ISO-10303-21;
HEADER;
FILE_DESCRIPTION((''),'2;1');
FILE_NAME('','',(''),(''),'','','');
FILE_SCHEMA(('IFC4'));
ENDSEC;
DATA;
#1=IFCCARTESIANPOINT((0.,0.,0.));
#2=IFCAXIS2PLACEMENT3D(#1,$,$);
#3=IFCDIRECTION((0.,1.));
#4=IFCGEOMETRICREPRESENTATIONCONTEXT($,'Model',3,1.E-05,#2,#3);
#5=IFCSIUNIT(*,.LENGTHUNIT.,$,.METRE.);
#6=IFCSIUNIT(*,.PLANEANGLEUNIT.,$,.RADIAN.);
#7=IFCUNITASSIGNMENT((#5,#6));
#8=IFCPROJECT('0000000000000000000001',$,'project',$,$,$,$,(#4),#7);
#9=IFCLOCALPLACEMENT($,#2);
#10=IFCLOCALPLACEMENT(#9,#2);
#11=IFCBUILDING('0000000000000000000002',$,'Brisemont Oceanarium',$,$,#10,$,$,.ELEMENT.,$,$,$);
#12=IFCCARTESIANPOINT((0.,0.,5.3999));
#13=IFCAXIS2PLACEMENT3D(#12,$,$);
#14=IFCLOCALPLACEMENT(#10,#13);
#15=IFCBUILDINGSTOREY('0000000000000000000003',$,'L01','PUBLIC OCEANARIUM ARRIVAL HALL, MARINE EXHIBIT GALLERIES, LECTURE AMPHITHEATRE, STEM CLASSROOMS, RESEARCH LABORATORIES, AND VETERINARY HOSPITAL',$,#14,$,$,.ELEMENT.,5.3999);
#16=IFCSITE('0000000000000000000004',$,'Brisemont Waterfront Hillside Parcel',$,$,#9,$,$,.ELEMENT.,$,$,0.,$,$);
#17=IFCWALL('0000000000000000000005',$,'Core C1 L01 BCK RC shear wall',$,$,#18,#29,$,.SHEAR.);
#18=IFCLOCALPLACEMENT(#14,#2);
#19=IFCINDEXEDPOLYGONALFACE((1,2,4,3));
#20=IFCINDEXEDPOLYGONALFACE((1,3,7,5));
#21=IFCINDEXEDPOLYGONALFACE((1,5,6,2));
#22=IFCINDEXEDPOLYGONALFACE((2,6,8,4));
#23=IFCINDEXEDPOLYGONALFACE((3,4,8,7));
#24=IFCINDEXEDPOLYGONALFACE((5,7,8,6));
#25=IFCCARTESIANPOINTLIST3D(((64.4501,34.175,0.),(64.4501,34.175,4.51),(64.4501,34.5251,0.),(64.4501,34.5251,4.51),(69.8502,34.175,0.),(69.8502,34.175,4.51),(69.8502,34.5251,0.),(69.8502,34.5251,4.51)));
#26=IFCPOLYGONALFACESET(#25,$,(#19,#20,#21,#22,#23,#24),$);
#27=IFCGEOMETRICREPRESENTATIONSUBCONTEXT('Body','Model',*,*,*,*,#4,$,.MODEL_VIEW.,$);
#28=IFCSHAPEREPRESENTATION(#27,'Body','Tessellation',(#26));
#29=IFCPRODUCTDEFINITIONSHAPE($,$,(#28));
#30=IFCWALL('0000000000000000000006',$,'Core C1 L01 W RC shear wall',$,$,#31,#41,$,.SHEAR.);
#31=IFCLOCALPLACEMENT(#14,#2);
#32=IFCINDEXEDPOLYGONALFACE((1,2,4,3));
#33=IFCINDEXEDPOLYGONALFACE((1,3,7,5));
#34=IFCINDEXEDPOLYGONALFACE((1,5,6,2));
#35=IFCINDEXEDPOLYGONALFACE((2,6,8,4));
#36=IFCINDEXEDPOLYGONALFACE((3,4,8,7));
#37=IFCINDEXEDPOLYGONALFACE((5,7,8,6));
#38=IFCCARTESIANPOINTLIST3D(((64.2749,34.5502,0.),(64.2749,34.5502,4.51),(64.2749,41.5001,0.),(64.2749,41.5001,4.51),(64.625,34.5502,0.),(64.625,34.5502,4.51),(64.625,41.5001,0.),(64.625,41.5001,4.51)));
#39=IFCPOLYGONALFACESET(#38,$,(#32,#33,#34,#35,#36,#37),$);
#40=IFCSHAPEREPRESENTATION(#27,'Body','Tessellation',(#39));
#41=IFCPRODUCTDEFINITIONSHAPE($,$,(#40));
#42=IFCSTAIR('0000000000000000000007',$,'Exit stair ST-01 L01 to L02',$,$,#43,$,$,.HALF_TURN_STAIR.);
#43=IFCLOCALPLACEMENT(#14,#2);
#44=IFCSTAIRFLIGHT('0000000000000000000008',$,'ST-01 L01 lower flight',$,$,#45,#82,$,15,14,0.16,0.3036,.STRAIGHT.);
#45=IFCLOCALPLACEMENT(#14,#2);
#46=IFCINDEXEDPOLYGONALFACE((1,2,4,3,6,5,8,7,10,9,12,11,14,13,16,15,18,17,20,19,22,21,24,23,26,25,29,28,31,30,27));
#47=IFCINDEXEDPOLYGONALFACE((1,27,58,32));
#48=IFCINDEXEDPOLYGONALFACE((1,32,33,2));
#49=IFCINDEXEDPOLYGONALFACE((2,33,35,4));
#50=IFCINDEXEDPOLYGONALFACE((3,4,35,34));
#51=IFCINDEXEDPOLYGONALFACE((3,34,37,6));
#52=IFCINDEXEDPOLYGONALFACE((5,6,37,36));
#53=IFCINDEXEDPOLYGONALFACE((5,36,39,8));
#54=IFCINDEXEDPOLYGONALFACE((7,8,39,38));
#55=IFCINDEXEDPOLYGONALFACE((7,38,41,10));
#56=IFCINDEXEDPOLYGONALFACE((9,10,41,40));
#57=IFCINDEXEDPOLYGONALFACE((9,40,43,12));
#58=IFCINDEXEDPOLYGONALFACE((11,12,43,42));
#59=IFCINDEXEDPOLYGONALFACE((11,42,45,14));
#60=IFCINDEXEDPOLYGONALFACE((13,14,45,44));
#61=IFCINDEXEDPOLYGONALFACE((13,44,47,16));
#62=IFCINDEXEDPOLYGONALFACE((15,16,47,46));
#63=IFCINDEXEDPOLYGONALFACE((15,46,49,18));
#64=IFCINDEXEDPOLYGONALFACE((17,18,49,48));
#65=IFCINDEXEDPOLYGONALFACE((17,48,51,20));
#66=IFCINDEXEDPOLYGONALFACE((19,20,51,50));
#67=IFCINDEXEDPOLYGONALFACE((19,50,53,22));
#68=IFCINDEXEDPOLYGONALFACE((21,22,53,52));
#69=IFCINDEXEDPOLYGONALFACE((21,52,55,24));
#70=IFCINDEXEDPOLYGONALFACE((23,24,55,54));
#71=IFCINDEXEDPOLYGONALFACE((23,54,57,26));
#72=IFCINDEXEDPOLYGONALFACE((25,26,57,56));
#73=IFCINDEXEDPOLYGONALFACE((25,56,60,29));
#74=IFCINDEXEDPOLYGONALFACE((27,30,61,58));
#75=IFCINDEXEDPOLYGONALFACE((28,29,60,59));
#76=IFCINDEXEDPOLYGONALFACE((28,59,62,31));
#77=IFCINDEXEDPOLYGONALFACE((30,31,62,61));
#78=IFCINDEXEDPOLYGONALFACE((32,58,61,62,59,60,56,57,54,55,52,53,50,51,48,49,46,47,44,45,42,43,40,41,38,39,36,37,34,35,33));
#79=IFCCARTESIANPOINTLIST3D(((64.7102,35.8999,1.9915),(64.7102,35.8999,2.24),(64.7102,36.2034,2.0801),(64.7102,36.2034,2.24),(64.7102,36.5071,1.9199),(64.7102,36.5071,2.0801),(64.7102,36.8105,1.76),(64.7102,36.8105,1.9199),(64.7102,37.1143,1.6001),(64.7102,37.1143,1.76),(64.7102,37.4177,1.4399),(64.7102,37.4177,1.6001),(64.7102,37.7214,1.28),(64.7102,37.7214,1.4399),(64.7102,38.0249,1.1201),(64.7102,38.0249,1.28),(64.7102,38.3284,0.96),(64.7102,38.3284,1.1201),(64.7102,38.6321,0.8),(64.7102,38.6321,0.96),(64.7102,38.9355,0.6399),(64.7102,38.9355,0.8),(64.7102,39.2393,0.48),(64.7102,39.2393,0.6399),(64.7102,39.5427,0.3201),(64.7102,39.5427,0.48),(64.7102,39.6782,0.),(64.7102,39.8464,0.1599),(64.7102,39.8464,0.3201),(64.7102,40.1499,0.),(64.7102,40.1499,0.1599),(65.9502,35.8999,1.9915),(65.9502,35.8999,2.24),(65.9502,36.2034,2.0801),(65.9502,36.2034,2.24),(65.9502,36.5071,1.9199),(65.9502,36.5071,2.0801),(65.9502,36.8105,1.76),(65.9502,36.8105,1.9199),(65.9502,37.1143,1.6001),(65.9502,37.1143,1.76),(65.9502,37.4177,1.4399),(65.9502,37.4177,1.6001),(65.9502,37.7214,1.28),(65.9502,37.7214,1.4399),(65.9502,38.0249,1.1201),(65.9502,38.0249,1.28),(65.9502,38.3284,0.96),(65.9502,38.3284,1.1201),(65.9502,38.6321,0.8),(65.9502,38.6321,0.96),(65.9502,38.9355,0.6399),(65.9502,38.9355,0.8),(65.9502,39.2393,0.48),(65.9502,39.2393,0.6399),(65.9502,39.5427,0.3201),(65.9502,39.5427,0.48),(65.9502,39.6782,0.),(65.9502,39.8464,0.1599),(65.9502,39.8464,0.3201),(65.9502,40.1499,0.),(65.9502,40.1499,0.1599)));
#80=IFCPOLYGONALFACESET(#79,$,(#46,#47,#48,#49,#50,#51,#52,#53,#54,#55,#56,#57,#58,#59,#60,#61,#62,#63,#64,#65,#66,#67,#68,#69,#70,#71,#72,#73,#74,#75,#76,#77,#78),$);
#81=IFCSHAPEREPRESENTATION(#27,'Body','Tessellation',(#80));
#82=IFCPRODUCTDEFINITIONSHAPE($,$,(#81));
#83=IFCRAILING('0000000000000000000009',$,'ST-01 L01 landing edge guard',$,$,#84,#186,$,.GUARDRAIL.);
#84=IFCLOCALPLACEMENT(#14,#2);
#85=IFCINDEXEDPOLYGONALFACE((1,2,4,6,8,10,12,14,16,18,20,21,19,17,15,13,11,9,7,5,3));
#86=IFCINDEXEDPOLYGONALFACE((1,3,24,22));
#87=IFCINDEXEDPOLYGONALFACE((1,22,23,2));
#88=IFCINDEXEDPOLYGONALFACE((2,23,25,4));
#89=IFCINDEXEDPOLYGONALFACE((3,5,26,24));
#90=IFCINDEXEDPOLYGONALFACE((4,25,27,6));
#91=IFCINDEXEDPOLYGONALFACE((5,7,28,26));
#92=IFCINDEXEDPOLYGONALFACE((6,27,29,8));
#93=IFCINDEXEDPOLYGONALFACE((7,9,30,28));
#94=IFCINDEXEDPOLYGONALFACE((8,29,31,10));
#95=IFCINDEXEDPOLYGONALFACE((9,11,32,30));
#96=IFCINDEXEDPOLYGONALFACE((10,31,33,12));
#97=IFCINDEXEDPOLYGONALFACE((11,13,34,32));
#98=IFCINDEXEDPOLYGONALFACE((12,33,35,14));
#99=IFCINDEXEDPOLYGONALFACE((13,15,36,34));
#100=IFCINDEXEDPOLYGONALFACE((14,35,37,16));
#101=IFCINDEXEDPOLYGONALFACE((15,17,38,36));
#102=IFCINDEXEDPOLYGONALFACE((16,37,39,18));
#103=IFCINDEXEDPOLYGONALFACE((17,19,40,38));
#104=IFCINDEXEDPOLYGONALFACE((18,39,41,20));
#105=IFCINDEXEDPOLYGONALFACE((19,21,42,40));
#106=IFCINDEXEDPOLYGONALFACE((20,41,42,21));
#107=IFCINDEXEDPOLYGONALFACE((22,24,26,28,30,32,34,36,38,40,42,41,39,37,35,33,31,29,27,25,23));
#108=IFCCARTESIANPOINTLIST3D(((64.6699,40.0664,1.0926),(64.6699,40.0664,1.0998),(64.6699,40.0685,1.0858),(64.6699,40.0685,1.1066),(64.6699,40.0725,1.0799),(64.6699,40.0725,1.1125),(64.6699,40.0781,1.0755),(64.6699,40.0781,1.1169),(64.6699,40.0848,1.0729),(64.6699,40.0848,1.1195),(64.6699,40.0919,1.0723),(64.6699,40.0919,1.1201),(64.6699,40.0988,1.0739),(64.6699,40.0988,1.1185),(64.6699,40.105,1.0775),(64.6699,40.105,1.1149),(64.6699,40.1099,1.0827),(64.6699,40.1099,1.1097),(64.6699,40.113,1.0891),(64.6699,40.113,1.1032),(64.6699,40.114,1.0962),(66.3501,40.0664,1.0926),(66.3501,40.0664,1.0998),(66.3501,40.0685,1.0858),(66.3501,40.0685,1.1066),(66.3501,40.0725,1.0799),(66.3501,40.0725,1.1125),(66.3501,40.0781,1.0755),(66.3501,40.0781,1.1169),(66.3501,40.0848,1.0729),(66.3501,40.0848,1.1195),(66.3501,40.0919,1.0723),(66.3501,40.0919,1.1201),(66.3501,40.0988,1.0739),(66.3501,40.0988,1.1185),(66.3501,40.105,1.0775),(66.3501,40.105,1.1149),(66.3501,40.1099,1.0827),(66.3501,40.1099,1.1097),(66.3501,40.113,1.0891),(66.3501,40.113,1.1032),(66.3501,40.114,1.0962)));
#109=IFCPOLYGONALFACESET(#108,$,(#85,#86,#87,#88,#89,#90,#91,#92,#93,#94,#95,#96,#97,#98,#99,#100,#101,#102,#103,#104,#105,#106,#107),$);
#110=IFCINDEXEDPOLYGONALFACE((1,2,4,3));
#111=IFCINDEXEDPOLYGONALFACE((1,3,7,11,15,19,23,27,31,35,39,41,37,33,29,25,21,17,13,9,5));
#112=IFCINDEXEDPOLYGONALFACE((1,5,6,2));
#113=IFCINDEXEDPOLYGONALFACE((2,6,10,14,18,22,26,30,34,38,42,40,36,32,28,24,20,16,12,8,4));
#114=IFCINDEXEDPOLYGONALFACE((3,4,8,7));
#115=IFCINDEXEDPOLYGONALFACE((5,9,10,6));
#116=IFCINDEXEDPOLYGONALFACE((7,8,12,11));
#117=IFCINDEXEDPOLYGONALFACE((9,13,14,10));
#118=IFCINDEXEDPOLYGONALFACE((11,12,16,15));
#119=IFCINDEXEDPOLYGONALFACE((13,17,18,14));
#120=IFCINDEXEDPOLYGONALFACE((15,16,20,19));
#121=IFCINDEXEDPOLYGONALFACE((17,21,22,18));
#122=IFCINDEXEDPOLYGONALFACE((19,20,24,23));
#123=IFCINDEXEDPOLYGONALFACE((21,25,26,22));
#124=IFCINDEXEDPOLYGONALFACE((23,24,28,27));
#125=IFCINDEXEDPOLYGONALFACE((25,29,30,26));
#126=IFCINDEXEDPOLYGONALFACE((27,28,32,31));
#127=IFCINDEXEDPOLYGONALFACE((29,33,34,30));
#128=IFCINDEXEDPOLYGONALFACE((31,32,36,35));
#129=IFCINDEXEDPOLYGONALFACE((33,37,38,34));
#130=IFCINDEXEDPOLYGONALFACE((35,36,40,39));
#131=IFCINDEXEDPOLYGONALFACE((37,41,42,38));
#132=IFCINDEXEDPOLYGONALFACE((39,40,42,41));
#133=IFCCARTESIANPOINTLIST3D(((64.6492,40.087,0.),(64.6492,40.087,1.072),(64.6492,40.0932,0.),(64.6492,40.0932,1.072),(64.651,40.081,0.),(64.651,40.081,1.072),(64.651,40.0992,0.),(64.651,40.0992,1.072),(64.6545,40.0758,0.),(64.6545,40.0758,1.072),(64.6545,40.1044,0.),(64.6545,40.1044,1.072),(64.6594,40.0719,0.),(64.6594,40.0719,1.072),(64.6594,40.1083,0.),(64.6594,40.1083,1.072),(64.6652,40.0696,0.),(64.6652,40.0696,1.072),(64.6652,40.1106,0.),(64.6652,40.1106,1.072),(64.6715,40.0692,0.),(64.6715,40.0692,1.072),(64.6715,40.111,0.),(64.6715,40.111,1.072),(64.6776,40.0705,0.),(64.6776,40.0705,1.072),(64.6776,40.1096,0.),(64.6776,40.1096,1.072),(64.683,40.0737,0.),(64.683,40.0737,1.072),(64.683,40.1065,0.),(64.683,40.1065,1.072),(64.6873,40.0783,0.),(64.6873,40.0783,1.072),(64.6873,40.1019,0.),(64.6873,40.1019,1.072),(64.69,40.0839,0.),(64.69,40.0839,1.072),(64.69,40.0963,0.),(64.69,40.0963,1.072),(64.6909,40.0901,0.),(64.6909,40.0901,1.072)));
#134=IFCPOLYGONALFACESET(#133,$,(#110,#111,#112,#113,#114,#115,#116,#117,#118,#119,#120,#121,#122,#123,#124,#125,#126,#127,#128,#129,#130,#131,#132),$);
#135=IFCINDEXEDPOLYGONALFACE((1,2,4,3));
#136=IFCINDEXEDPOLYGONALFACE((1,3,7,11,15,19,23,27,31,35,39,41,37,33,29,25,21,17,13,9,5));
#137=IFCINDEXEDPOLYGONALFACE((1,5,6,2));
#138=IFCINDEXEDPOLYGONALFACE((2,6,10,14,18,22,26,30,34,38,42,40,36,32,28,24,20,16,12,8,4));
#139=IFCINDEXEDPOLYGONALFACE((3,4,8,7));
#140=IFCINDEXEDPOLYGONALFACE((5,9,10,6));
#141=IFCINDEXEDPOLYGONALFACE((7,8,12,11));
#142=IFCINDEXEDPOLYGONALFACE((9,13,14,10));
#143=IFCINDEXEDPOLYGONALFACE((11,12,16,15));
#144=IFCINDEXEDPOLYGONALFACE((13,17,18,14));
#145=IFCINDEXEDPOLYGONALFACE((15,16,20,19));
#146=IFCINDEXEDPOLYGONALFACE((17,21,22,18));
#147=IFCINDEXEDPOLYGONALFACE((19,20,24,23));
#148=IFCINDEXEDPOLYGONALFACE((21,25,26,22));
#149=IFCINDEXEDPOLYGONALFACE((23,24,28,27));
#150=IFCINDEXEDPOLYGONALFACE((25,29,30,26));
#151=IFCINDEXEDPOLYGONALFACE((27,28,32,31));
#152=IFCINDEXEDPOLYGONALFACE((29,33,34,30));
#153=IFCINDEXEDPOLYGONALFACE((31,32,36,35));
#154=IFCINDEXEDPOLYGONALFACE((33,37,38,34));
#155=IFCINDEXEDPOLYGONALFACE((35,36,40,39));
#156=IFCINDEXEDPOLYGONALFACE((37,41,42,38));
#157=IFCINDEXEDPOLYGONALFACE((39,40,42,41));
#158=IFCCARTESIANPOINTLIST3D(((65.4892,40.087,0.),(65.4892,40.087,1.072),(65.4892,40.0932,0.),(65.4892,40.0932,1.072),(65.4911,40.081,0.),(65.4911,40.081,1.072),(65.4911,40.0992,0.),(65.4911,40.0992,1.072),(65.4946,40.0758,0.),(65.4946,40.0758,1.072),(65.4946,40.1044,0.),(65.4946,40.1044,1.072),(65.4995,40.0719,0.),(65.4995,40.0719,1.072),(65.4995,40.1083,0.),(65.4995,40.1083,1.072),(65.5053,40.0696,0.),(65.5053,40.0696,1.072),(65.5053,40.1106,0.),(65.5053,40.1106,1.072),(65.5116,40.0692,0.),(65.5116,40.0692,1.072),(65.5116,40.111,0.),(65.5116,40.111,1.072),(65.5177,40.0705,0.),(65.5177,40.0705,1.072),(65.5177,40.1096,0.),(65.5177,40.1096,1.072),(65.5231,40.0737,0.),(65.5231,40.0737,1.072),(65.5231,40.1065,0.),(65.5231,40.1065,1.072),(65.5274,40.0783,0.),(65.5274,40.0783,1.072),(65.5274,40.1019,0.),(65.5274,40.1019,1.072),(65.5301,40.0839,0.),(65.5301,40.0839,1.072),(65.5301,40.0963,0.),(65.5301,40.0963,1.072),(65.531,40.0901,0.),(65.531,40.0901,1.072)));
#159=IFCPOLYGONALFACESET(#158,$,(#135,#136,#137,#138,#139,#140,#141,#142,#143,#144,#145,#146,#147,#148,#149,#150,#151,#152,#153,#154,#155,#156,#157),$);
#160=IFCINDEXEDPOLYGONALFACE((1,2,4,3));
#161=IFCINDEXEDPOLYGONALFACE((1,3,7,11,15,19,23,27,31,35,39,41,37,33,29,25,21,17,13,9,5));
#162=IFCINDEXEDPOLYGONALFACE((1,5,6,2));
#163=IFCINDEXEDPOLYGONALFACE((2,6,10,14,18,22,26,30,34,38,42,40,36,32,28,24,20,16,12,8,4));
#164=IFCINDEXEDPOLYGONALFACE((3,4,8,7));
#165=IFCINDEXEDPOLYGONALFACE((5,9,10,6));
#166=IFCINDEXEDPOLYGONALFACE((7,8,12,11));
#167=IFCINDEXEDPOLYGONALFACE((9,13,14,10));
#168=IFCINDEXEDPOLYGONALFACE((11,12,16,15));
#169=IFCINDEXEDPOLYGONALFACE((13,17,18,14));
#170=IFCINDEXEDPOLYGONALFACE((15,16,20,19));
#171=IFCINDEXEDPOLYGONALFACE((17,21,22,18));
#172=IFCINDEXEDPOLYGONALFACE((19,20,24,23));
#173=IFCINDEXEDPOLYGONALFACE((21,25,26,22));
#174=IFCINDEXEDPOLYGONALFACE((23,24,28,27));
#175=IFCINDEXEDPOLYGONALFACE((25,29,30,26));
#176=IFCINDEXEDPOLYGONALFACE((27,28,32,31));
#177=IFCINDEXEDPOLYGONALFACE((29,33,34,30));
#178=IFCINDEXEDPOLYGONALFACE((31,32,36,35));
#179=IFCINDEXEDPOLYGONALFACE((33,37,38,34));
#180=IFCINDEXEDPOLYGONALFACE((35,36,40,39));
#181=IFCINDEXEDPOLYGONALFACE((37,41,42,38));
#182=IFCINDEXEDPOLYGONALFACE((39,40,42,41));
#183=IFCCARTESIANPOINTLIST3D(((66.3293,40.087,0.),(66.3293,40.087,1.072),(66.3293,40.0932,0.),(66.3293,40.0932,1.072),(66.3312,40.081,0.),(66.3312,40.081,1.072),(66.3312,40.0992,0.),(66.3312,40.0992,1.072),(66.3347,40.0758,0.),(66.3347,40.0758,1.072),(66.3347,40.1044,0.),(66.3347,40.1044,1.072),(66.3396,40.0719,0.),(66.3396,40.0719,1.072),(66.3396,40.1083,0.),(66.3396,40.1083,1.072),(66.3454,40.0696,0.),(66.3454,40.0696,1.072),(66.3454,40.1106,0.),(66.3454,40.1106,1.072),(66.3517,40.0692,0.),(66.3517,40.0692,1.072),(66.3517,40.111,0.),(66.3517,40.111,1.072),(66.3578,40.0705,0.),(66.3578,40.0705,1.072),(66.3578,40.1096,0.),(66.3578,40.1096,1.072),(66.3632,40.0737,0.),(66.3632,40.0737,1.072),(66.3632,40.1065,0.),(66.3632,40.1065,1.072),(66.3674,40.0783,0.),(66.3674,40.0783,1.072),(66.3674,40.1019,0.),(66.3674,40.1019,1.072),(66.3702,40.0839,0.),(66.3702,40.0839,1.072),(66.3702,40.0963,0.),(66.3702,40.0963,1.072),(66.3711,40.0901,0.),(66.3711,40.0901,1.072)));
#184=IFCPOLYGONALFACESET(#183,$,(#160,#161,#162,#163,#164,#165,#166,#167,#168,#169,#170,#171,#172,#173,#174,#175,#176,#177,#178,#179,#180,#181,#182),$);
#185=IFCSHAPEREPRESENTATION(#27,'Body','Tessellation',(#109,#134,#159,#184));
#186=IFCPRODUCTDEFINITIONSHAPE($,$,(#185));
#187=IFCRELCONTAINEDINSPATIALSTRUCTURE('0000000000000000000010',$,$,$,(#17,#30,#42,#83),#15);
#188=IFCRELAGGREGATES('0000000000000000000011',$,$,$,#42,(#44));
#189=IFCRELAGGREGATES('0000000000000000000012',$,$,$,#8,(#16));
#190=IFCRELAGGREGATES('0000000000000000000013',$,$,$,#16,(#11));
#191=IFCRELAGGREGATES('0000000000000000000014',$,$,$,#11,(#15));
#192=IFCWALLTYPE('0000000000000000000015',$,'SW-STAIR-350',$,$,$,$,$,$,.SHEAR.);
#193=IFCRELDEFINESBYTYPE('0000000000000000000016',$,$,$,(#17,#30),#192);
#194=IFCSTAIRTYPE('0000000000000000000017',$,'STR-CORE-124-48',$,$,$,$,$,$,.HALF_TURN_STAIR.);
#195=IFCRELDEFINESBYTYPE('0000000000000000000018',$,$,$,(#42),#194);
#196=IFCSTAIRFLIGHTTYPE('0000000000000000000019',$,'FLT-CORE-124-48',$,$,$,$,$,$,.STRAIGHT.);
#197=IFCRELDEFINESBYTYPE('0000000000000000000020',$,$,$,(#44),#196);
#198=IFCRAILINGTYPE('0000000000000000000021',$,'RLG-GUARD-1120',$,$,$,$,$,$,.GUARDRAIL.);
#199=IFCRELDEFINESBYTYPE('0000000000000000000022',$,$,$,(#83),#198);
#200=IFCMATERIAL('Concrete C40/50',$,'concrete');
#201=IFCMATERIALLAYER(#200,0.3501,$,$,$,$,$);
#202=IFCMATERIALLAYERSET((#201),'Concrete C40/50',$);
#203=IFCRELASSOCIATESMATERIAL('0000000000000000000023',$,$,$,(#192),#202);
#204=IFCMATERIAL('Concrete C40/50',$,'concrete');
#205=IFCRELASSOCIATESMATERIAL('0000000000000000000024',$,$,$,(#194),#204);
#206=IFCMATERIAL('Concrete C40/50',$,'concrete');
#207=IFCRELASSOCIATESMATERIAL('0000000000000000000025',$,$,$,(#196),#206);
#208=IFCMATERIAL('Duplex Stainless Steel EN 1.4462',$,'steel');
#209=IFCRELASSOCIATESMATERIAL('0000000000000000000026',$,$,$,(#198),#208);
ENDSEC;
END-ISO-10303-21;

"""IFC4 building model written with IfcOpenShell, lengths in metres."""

from ifc_helpers import new_model, si_unit, direction, frame, frame_2d, origin, origin_2d, place, context, subcontext, project, spatial, polyline, rectangle, circle, outline, extrude, material, layer, layer_set, type_object, element, aggregate, save


model = new_model("IFC4")

# Units and contexts
model_context = context("Model", 3, precision=1e-05, world=origin(), true_north=direction((0.0, 1.0)))
body_context = subcontext(model_context, "Body", "Model", "MODEL_VIEW")
ifc_project = project(units=[si_unit("LENGTHUNIT", "METRE"), si_unit("PLANEANGLEUNIT", "RADIAN")], contexts=[model_context])

# Site, building, storey
site_placement = place(None, origin())
site = spatial("IfcSite", under=ifc_project, at=site_placement, Name="Brisemont Waterfront Hillside Parcel", CompositionType="ELEMENT", RefElevation=0.0)
building_placement = place(site_placement, origin())
building = spatial("IfcBuilding", under=site, at=building_placement, Name="Brisemont Oceanarium", CompositionType="ELEMENT")
storey_placement = place(building_placement, frame((0.0, 0.0, 5.3999)))
storey = spatial("IfcBuildingStorey", under=building, at=storey_placement, Name="L01", Description="PUBLIC OCEANARIUM ARRIVAL HALL, MARINE EXHIBIT GALLERIES, LECTURE AMPHITHEATRE, STEM CLASSROOMS, RESEARCH LABORATORIES, AND VETERINARY HOSPITAL", CompositionType="ELEMENT", Elevation=5.3999)

# Shared definitions
ifc_material_1 = material(Name="Concrete C40/50", Category="concrete")
ifc_layer_1 = layer(ifc_material_1, 0.3501)
ifc_layer_set_1 = layer_set([ifc_layer_1], Name="Concrete C40/50")
wall_type_1 = type_object("IfcWallType", Name="SW-STAIR-350", PredefinedType="SHEAR", material=ifc_layer_set_1)

# Walls
wall_1_placement = place(storey_placement, frame((64.45, 34.3501, 0.0), z_axis=(0.0, 0.0, 1.0), x_axis=(1.0, 0.0, 0.0)))
element("IfcWall", 1, at=wall_1_placement, inside=storey, type_object=wall_type_1, Name="Core C1 L01 BCK RC shear wall", PredefinedType="SHEAR", context=body_context, shape_type="SweptSolid", body=[
    extrude(rectangle(XDim=5.4001, YDim=0.3501, at=frame_2d((2.7002, 0.0))), origin(), (0.0, 0.0, 1.0), 4.51),
])
wall_2_placement = place(storey_placement, frame((64.45, 34.55, 0.0), z_axis=(0.0, 0.0, 1.0), x_axis=(0.0, 1.0, 0.0)))
element("IfcWall", 2, at=wall_2_placement, inside=storey, type_object=wall_type_1, Name="Core C1 L01 W RC shear wall", PredefinedType="SHEAR", context=body_context, shape_type="SweptSolid", body=[
    extrude(rectangle(XDim=6.95, YDim=0.3501, at=frame_2d((3.4751, 0.0))), origin(), (0.0, 0.0, 1.0), 4.51),
])

# Stair, stair flight
ifc_material_2 = material(Name="Concrete C40/50", Category="concrete")
stair_type = type_object("IfcStairType", Name="STR-CORE-124-48", PredefinedType="HALF_TURN_STAIR", material=ifc_material_2)
stair_placement = place(storey_placement, origin())
stair = element("IfcStair", 3, at=stair_placement, inside=storey, type_object=stair_type, Name="Exit stair ST-01 L01 to L02", PredefinedType="HALF_TURN_STAIR")
ifc_material_3 = material(Name="Concrete C40/50", Category="concrete")
stair_flight_type = type_object("IfcStairFlightType", Name="FLT-CORE-124-48", PredefinedType="STRAIGHT", material=ifc_material_3)
stair_flight_placement = place(storey_placement, frame((65.3301, 40.1499, 0.0), z_axis=(0.0, 0.0, 1.0), x_axis=(0.0, -1.0, 0.0)))
stair_flight = element("IfcStairFlight", 4, at=stair_flight_placement, type_object=stair_flight_type, Name="ST-01 L01 lower flight", NumberOfRisers=15, NumberOfTreads=14, PredefinedType="STRAIGHT", RiserHeight=0.16, TreadLength=0.3036, context=body_context, shape_type="SweptSolid", body=[
    extrude(outline(polyline([(0.0, 0.0), (0.0, 0.1599), (0.3035, 0.1599), (0.3035, 0.3201), (0.6072, 0.3201), (0.6072, 0.48), (0.9106, 0.48), (0.9106, 0.6399), (1.2144, 0.6399), (1.2144, 0.8), (1.5178, 0.8), (1.5178, 0.96), (1.8215, 0.96), (1.8215, 1.1201), (2.125, 1.1201), (2.125, 1.28), (2.4285, 1.28), (2.4285, 1.4399), (2.7322, 1.4399), (2.7322, 1.6001), (3.0356, 1.6001), (3.0356, 1.76), (3.3394, 1.76), (3.3394, 1.9199), (3.6428, 1.9199), (3.6428, 2.0801), (3.9465, 2.0801), (3.9465, 2.24), (4.25, 2.24), (4.25, 2.3999), (4.25, 1.9915), (0.4717, 0.0), (0.0, 0.0)])), frame((0.0, 0.6201, 0.0), z_axis=(0.0, -1.0, 0.0), x_axis=(1.0, 0.0, 0.0)), (0.0, 0.0, 1.0), 1.24),
])
aggregate(stair, [stair_flight])

# Railing
ifc_material_4 = material(Name="Duplex Stainless Steel EN 1.4462", Category="steel")
railing_type_1 = type_object("IfcRailingType", Name="RLG-GUARD-1120", PredefinedType="GUARDRAIL", material=ifc_material_4)
railing_1_placement = place(storey_placement, frame((64.6699, 40.0901, 0.0)))
element("IfcRailing", 5, at=railing_1_placement, inside=storey, type_object=railing_type_1, Name="ST-01 L01 landing edge guard", PredefinedType="GUARDRAIL", context=body_context, shape_type="SweptSolid", body=[
    extrude(circle(Radius=0.0239, at=origin_2d()), frame((0.0, 0.0, 1.0962), z_axis=(1.0, 0.0, 0.0), x_axis=(0.0, 1.0, 0.0)), (0.0, 0.0, 1.0), 1.6802),
    extrude(circle(Radius=0.021, at=origin_2d()), origin(), (0.0, 0.0, 1.0), 1.072),
    extrude(circle(Radius=0.021, at=origin_2d()), frame((0.8401, 0.0, 0.0)), (0.0, 0.0, 1.0), 1.072),
    extrude(circle(Radius=0.021, at=origin_2d()), frame((1.6802, 0.0, 0.0)), (0.0, 0.0, 1.0), 1.072),
])

save(model, "model.ifc")
